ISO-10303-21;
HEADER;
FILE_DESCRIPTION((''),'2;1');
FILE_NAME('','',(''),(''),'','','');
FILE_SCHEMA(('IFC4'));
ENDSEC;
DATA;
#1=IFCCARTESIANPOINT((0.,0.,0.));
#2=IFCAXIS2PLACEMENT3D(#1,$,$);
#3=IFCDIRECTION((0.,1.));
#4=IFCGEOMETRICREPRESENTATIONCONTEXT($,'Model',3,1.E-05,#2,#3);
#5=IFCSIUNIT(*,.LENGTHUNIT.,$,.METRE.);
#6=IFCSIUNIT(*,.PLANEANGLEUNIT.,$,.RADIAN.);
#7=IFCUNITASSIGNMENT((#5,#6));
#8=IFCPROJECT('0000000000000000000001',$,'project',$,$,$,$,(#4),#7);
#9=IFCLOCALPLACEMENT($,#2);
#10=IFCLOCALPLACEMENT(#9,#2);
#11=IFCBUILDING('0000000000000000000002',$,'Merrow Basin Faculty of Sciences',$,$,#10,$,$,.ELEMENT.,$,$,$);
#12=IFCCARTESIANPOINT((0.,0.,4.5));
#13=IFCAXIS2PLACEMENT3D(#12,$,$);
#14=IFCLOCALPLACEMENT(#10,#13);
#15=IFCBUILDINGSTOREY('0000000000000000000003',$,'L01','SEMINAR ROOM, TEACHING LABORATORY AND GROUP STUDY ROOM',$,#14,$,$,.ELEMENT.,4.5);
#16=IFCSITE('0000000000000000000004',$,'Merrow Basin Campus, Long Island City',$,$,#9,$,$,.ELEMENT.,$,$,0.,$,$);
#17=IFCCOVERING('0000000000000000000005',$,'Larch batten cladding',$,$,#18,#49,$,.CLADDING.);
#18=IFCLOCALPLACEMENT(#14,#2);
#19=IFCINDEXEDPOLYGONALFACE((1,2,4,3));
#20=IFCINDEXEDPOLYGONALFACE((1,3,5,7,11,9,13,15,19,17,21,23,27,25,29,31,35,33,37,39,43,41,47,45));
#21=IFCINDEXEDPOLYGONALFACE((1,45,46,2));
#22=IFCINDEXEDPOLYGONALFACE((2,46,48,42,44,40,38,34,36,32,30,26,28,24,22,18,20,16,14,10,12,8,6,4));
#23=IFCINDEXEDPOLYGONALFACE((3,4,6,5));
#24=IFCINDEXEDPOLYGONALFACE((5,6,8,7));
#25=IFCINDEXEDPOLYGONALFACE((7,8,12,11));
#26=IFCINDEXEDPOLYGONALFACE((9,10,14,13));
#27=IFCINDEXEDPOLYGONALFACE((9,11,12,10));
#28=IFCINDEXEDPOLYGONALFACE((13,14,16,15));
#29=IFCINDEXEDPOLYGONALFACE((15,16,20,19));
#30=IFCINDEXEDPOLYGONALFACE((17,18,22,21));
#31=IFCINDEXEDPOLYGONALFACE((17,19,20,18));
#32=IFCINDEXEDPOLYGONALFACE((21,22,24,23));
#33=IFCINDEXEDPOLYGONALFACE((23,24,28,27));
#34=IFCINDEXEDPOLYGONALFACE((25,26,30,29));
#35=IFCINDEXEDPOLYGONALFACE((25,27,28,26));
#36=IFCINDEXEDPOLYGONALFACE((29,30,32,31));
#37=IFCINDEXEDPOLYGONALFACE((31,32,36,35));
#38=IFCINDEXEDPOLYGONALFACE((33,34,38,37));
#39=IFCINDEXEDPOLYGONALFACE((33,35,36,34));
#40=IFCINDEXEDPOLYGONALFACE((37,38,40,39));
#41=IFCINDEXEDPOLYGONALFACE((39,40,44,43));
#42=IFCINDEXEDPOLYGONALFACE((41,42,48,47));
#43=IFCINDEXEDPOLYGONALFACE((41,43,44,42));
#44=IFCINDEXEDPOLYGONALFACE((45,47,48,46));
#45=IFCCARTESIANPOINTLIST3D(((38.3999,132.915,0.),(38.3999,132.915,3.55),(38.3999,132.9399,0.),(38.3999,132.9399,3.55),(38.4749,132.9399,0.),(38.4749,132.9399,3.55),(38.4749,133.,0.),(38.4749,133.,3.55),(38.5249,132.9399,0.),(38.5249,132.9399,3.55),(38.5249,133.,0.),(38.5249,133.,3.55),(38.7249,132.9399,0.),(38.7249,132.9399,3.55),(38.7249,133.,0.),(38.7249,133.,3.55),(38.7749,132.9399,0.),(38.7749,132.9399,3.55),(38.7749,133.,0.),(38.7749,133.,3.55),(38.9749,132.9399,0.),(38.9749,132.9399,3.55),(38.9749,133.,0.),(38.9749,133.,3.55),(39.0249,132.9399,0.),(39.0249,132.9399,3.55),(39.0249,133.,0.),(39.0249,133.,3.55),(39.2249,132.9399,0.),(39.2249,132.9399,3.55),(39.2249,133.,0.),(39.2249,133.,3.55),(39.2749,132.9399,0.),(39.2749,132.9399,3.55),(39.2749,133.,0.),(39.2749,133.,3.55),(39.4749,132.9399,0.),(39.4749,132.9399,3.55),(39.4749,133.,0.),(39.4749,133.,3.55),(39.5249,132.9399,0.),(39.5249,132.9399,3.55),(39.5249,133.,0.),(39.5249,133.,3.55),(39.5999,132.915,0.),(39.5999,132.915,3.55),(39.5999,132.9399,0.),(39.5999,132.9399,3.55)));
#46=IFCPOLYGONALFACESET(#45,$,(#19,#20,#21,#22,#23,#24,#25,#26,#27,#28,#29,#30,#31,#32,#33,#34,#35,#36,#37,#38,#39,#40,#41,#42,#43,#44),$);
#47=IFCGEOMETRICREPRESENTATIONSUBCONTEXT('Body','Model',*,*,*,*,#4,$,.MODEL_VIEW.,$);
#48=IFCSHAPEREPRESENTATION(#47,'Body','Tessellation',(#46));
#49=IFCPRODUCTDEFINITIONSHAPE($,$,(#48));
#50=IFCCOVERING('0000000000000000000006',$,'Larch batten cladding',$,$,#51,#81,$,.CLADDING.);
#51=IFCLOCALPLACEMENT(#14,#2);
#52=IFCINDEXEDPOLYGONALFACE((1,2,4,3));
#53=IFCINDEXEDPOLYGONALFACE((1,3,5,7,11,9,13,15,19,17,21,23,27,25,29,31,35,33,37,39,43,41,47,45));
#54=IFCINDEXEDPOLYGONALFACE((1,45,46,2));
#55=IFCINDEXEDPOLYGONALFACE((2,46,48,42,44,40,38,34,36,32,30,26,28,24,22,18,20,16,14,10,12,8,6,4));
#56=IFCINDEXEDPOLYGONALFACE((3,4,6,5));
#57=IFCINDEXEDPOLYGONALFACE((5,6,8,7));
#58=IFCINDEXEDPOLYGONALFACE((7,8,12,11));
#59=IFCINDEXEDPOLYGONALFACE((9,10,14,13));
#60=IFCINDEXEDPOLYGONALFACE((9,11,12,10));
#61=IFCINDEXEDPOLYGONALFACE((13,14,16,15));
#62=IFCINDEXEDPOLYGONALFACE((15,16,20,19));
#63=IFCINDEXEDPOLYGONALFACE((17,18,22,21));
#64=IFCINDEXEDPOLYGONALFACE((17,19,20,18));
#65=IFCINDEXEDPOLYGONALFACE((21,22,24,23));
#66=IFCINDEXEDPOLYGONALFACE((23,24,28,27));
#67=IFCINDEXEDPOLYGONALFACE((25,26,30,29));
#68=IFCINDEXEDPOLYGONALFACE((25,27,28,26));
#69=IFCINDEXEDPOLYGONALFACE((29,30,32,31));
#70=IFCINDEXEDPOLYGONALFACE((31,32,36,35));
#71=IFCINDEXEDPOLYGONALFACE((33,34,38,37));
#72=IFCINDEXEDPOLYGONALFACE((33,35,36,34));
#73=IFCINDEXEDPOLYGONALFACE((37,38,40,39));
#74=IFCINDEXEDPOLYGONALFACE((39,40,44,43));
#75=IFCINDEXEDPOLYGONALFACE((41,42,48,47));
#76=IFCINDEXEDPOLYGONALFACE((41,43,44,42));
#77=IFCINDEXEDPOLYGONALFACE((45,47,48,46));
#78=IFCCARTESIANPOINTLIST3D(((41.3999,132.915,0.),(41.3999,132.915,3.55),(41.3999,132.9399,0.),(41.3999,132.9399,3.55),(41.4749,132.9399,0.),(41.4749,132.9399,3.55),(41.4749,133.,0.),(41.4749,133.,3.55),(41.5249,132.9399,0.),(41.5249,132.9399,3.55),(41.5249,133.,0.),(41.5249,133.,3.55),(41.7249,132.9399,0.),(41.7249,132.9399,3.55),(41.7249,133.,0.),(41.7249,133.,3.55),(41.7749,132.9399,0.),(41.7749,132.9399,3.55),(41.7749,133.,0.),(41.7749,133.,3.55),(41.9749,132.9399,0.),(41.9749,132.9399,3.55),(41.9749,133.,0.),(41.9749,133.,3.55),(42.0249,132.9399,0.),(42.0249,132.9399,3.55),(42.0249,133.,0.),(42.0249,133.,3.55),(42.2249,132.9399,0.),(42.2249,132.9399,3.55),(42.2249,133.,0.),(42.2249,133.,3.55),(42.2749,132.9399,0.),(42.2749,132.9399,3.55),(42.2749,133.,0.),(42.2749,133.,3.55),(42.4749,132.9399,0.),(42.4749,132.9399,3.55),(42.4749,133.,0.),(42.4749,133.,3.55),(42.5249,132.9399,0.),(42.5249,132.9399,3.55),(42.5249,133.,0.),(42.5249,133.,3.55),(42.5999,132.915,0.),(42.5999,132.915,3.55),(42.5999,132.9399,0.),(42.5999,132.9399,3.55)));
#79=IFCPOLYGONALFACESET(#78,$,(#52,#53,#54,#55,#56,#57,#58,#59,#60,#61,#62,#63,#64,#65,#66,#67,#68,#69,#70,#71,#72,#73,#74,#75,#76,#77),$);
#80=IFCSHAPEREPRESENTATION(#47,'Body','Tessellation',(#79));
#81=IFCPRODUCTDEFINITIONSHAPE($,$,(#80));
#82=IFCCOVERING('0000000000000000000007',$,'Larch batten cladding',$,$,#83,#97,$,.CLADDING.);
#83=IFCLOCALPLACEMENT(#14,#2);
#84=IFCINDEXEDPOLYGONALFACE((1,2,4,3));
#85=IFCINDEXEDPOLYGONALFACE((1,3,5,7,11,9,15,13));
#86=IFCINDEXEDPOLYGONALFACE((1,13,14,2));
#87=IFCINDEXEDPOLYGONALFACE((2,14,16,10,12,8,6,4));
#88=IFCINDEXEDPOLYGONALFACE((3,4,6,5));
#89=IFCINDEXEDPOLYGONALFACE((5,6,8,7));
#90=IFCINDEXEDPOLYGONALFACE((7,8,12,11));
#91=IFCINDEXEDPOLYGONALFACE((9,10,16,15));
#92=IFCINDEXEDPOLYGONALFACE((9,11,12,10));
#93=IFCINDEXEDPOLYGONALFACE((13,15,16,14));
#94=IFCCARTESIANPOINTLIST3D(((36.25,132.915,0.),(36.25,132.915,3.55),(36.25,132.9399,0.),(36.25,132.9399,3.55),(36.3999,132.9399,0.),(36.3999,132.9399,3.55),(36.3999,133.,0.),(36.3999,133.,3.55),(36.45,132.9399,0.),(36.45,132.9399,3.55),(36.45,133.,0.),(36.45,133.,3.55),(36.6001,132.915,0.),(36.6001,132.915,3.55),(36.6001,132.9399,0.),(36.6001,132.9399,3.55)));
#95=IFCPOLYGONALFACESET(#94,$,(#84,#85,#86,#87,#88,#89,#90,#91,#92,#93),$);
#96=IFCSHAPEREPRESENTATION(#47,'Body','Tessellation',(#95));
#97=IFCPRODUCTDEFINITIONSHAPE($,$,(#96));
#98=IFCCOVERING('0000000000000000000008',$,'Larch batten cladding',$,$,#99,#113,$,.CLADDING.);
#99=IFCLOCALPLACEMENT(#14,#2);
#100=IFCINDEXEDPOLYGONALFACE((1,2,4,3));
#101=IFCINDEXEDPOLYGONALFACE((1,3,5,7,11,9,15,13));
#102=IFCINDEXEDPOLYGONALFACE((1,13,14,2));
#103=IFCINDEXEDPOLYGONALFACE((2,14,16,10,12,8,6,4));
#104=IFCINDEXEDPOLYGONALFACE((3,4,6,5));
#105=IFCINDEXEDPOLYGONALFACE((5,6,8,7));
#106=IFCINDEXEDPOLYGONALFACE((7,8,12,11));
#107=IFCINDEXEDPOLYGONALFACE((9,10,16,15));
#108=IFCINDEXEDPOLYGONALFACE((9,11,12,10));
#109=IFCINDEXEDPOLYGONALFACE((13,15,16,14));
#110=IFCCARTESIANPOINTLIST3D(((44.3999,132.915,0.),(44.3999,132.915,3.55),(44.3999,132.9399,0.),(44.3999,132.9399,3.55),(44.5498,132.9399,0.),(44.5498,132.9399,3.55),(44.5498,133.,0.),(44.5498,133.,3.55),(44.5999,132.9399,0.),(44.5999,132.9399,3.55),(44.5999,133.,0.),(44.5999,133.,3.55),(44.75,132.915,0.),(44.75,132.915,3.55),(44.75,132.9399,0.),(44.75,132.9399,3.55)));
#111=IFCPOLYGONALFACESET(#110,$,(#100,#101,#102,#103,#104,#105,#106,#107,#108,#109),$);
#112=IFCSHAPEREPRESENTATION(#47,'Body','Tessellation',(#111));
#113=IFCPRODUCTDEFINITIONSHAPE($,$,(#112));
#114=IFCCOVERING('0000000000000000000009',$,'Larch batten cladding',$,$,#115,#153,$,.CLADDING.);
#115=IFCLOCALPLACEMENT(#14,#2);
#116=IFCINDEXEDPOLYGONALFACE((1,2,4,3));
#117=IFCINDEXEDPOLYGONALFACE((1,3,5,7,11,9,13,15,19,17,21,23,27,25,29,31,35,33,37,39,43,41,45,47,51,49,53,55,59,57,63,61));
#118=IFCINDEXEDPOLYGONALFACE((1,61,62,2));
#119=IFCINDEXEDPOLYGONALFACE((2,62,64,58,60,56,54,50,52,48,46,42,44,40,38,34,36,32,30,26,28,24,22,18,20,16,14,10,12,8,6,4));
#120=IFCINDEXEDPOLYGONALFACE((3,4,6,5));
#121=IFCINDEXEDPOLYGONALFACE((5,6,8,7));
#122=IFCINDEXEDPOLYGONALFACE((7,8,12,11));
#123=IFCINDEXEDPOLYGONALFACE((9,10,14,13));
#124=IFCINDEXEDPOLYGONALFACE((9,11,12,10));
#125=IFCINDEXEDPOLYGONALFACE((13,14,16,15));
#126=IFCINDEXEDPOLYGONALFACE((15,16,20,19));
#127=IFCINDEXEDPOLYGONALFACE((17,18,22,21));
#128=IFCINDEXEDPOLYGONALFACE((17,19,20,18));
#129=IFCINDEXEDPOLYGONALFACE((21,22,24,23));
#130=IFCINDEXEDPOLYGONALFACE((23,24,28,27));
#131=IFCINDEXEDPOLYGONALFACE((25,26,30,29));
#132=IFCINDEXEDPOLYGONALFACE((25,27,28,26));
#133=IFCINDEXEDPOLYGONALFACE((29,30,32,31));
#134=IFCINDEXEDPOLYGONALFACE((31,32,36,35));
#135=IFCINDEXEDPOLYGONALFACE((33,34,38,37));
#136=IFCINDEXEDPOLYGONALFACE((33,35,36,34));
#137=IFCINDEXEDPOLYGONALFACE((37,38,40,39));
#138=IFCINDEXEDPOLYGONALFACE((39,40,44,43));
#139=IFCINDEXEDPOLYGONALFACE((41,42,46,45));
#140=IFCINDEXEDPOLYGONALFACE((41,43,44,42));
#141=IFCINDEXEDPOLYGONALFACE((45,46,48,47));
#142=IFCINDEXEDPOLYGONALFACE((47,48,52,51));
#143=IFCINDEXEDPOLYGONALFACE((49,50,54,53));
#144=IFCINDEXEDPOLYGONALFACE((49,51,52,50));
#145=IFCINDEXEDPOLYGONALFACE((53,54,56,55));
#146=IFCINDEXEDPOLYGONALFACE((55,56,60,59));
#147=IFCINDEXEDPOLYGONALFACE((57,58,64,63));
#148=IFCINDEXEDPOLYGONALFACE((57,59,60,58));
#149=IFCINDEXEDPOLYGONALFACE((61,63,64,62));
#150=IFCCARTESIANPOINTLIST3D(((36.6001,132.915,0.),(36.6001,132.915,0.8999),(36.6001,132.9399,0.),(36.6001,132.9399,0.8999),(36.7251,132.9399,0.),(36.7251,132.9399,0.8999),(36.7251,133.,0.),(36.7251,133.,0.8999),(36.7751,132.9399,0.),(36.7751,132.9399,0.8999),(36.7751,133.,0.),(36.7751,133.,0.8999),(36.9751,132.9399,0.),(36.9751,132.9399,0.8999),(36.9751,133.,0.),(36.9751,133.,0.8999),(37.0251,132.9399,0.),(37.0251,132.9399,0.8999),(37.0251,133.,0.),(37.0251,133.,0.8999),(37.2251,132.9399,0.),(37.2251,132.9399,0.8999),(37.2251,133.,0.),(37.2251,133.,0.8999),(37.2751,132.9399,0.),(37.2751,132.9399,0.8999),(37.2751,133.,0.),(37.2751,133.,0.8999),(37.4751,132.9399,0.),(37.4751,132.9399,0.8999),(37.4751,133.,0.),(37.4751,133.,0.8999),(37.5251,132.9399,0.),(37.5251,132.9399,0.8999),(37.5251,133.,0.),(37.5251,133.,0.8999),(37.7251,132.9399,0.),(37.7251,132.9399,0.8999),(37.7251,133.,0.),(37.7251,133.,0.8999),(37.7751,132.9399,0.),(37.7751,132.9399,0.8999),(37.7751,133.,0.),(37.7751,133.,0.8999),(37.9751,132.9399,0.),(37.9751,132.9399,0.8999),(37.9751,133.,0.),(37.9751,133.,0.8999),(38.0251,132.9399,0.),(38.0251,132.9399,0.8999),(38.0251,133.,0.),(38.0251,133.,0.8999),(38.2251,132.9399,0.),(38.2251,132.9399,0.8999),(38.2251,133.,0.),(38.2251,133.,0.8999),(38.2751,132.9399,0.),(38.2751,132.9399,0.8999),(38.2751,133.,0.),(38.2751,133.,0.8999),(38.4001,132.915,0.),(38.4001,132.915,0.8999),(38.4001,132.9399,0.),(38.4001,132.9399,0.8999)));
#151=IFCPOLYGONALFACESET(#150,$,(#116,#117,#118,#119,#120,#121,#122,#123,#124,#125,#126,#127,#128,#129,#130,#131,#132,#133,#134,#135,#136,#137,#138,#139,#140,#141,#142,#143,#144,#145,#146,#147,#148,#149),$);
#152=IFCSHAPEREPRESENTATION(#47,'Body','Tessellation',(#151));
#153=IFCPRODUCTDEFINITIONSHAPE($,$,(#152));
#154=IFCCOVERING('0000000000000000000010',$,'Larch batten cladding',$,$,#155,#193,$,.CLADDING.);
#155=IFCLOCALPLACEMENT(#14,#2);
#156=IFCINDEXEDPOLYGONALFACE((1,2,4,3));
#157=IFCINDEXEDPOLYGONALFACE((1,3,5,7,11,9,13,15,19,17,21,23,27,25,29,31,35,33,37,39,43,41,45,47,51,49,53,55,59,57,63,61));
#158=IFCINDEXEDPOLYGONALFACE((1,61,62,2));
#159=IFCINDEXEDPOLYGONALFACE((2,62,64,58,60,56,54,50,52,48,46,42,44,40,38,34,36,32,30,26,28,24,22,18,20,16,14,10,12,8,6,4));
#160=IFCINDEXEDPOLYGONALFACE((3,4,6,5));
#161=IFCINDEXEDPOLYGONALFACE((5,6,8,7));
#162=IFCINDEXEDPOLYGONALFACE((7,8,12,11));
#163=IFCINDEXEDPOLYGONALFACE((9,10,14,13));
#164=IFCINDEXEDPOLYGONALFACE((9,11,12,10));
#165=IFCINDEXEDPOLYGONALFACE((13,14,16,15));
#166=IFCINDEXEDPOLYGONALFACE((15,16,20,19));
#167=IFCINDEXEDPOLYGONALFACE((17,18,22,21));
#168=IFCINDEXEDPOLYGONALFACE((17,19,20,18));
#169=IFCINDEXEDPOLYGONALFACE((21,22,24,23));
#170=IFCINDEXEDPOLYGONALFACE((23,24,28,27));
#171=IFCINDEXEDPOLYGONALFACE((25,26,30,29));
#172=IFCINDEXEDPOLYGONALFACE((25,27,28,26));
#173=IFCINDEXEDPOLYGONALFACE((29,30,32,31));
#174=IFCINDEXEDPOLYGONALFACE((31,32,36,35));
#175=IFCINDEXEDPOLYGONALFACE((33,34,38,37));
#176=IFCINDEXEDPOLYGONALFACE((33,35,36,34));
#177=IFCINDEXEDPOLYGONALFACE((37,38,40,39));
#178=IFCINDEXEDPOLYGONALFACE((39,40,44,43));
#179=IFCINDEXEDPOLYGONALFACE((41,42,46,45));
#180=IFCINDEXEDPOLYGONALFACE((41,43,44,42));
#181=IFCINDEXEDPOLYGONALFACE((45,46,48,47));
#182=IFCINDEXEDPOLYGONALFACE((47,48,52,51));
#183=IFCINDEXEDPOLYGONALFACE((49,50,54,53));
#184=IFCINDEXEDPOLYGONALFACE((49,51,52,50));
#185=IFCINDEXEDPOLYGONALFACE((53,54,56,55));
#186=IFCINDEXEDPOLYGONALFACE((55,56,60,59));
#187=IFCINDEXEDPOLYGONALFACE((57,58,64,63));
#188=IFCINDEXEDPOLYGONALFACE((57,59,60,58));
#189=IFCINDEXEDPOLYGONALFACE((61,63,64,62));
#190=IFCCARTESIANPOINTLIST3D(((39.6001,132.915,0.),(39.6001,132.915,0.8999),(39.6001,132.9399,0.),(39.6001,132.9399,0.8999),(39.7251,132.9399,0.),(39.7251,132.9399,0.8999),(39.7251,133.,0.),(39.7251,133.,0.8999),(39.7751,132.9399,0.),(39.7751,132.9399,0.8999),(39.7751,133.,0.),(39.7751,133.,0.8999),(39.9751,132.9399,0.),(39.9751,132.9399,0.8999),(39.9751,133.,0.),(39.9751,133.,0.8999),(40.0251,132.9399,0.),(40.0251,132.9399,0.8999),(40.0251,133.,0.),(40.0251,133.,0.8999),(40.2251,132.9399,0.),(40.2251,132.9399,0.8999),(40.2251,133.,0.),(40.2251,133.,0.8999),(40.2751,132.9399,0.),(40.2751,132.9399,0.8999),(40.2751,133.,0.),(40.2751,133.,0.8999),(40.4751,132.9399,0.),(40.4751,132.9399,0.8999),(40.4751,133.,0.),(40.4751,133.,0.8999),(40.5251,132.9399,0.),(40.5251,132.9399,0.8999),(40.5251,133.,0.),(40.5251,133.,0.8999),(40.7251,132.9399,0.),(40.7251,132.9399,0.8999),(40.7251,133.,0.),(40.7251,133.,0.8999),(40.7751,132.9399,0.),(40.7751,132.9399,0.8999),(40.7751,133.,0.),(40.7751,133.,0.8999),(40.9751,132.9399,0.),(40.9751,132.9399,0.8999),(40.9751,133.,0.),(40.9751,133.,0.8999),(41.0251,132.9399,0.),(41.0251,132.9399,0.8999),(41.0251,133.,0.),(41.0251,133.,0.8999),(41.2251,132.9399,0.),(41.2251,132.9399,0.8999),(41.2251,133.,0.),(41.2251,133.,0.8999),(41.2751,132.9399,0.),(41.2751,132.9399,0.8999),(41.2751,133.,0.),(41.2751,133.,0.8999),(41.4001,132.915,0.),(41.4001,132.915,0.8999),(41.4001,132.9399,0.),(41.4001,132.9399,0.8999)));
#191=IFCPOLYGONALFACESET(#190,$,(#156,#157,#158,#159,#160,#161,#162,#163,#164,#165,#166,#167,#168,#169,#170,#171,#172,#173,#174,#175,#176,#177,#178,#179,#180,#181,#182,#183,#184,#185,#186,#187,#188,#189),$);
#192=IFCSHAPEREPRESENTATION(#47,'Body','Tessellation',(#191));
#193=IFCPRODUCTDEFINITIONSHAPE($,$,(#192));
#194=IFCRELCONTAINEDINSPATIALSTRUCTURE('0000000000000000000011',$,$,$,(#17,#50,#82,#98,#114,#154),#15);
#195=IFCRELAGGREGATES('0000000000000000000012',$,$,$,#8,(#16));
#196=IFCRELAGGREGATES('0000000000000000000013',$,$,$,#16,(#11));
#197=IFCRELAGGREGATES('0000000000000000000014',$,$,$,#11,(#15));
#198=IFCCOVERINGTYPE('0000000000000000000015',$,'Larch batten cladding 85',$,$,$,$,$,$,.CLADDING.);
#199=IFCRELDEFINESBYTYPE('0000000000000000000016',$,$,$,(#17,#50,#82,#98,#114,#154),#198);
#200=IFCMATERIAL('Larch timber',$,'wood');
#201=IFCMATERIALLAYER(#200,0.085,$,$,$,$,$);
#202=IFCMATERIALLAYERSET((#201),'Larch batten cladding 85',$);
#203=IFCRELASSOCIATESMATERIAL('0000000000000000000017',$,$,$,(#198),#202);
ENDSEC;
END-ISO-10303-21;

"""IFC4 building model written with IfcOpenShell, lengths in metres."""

from ifc_helpers import new_model, si_unit, direction, frame, origin, place, context, subcontext, project, spatial, polyline, outline, extrude, source, transform, mapped, material, layer, layer_set, type_object, element, save


model = new_model("IFC4")

# Units and contexts
model_context = context("Model", 3, precision=1e-05, world=origin(), true_north=direction((0.0, 1.0)))
body_context = subcontext(model_context, "Body", "Model", "MODEL_VIEW")
ifc_project = project(units=[si_unit("LENGTHUNIT", "METRE"), si_unit("PLANEANGLEUNIT", "RADIAN")], contexts=[model_context])

# Site, building, storey
site_placement = place(None, origin())
site = spatial("IfcSite", under=ifc_project, at=site_placement, Name="Merrow Basin Campus, Long Island City", CompositionType="ELEMENT", RefElevation=0.0)
building_placement = place(site_placement, origin())
building = spatial("IfcBuilding", under=site, at=building_placement, Name="Merrow Basin Faculty of Sciences", CompositionType="ELEMENT")
storey_placement = place(building_placement, frame((0.0, 0.0, 4.5)))
storey = spatial("IfcBuildingStorey", under=building, at=storey_placement, Name="L01", Description="SEMINAR ROOM, TEACHING LABORATORY AND GROUP STUDY ROOM", CompositionType="ELEMENT", Elevation=4.5)

# Coverings
ifc_material_1 = material(Name="Larch timber", Category="wood")
ifc_layer_1 = layer(ifc_material_1, 0.085)
ifc_layer_set_1 = layer_set([ifc_layer_1], Name="Larch batten cladding 85")
covering_type = type_object("IfcCoveringType", Name="Larch batten cladding 85", PredefinedType="CLADDING", material=ifc_layer_set_1)
shared_shape_1 = source(origin(), body_context, "Body", "SweptSolid", [
    extrude(outline(polyline([(0.0, 0.0), (1.2, 0.0), (1.2, 0.0249), (1.125, 0.0249), (1.125, 0.085), (1.075, 0.085), (1.075, 0.0249), (0.875, 0.0249), (0.875, 0.085), (0.825, 0.085), (0.825, 0.0249), (0.625, 0.0249), (0.625, 0.085), (0.575, 0.085), (0.575, 0.0249), (0.375, 0.0249), (0.375, 0.085), (0.325, 0.085), (0.325, 0.0249), (0.125, 0.0249), (0.125, 0.085), (0.075, 0.085), (0.075, 0.0249), (0.0, 0.0249), (0.0, 0.0)])), origin(), (0.0, 0.0, 1.0), 3.55),
])
for number, where, z_axis, x_axis, name in (
    (1, (38.3999, 132.915, 0.0), (0.0, 0.0, 1.0), (1.0, 0.0, 0.0), "Larch batten cladding"),
    (2, (41.3999, 132.915, 0.0), (0.0, 0.0, 1.0), (1.0, 0.0, 0.0), "Larch batten cladding"),
):
    element("IfcCovering", number, at=place(storey_placement, frame(where, z_axis=z_axis, x_axis=x_axis)), inside=storey, type_object=covering_type, Name=name, PredefinedType="CLADDING", context=body_context, shape_type="MappedRepresentation", body=[
        mapped(shared_shape_1, transform((0.0, 0.0, 0.0), scale=1.0)),
    ])
shared_shape_2 = source(origin(), body_context, "Body", "SweptSolid", [
    extrude(outline(polyline([(0.0, 0.0), (0.3501, 0.0), (0.3501, 0.0249), (0.2, 0.0249), (0.2, 0.085), (0.1499, 0.085), (0.1499, 0.0249), (0.0, 0.0249), (0.0, 0.0)])), origin(), (0.0, 0.0, 1.0), 3.55),
])
for number, where, z_axis, x_axis, name in (
    (3, (36.25, 132.915, 0.0), (0.0, 0.0, 1.0), (1.0, 0.0, 0.0), "Larch batten cladding"),
    (4, (44.3999, 132.915, 0.0), (0.0, 0.0, 1.0), (1.0, 0.0, 0.0), "Larch batten cladding"),
):
    element("IfcCovering", number, at=place(storey_placement, frame(where, z_axis=z_axis, x_axis=x_axis)), inside=storey, type_object=covering_type, Name=name, PredefinedType="CLADDING", context=body_context, shape_type="MappedRepresentation", body=[
        mapped(shared_shape_2, transform((0.0, 0.0, 0.0), scale=1.0)),
    ])
shared_shape_3 = source(origin(), body_context, "Body", "SweptSolid", [
    extrude(outline(polyline([(0.0, 0.0), (1.8, 0.0), (1.8, 0.0249), (1.675, 0.0249), (1.675, 0.085), (1.625, 0.085), (1.625, 0.0249), (1.425, 0.0249), (1.425, 0.085), (1.375, 0.085), (1.375, 0.0249), (1.175, 0.0249), (1.175, 0.085), (1.125, 0.085), (1.125, 0.0249), (0.925, 0.0249), (0.925, 0.085), (0.875, 0.085), (0.875, 0.0249), (0.675, 0.0249), (0.675, 0.085), (0.625, 0.085), (0.625, 0.0249), (0.425, 0.0249), (0.425, 0.085), (0.375, 0.085), (0.375, 0.0249), (0.175, 0.0249), (0.175, 0.085), (0.125, 0.085), (0.125, 0.0249), (0.0, 0.0249), (0.0, 0.0)])), origin(), (0.0, 0.0, 1.0), 0.8999),
])
for number, where, z_axis, x_axis, name in (
    (5, (36.6001, 132.915, 0.0), (0.0, 0.0, 1.0), (1.0, 0.0, 0.0), "Larch batten cladding"),
    (6, (39.6001, 132.915, 0.0), (0.0, 0.0, 1.0), (1.0, 0.0, 0.0), "Larch batten cladding"),
):
    element("IfcCovering", number, at=place(storey_placement, frame(where, z_axis=z_axis, x_axis=x_axis)), inside=storey, type_object=covering_type, Name=name, PredefinedType="CLADDING", context=body_context, shape_type="MappedRepresentation", body=[
        mapped(shared_shape_3, transform((0.0, 0.0, 0.0), scale=1.0)),
    ])

save(model, "model.ifc")
